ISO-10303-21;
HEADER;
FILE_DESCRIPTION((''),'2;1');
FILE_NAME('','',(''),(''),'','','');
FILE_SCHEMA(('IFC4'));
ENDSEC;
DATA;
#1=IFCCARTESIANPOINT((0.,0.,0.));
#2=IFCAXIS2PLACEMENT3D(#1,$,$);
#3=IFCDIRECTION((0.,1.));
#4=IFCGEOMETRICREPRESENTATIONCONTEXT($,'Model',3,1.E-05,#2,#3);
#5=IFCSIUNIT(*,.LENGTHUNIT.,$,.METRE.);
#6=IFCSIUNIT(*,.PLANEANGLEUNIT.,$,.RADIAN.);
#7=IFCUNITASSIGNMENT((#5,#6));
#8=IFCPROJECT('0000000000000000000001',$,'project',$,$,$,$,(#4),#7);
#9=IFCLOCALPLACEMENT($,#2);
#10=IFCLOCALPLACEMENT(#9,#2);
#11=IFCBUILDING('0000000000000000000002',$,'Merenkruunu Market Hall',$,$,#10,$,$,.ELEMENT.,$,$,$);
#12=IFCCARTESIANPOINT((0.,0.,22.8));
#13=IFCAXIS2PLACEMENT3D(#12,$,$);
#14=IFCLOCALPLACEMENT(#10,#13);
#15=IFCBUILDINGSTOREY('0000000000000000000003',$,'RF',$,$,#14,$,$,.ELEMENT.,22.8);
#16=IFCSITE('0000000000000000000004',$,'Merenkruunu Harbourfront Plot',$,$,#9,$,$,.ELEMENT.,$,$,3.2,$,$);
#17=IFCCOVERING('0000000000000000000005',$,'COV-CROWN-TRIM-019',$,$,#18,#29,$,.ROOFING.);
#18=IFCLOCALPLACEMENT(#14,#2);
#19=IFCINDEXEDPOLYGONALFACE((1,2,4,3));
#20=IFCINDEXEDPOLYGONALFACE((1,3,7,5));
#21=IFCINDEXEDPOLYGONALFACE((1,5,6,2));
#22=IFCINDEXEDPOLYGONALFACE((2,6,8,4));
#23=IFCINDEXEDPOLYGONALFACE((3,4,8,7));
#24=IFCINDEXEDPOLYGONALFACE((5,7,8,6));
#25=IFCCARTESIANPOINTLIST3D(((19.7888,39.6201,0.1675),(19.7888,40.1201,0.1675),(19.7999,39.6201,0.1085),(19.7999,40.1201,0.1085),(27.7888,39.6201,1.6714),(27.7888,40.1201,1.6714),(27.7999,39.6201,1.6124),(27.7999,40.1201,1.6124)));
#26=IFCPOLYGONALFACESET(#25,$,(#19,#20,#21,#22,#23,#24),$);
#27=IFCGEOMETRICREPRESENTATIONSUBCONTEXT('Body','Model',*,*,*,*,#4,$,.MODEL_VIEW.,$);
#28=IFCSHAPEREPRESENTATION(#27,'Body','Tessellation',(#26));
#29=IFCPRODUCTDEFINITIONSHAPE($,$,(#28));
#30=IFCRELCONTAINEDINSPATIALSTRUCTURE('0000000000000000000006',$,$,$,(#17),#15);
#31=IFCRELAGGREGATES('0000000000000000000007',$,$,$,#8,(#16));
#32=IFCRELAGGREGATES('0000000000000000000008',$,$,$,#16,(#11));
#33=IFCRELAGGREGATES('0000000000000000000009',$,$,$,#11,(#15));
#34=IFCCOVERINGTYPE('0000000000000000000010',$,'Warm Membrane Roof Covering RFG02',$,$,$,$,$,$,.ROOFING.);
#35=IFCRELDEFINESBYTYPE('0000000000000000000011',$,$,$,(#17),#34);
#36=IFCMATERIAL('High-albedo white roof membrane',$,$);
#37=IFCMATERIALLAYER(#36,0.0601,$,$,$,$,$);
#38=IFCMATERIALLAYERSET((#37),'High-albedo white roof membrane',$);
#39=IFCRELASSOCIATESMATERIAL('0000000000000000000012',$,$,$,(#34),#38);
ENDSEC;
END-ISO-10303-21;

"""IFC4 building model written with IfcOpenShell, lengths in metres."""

from ifc_helpers import new_model, si_unit, direction, frame, origin, place, context, subcontext, project, spatial, polyline, outline, extrude, material, layer, layer_set, type_object, element, save


model = new_model("IFC4")

# Units and contexts
model_context = context("Model", 3, precision=1e-05, world=origin(), true_north=direction((0.0, 1.0)))
body_context = subcontext(model_context, "Body", "Model", "MODEL_VIEW")
ifc_project = project(units=[si_unit("LENGTHUNIT", "METRE"), si_unit("PLANEANGLEUNIT", "RADIAN")], contexts=[model_context])

# Site, building, storey
site_placement = place(None, origin())
site = spatial("IfcSite", under=ifc_project, at=site_placement, Name="Merenkruunu Harbourfront Plot", CompositionType="ELEMENT", RefElevation=3.2)
building_placement = place(site_placement, origin())
building = spatial("IfcBuilding", under=site, at=building_placement, Name="Merenkruunu Market Hall", CompositionType="ELEMENT")
storey_placement = place(building_placement, frame((0.0, 0.0, 22.8)))
storey = spatial("IfcBuildingStorey", under=building, at=storey_placement, Name="RF", CompositionType="ELEMENT", Elevation=22.8)

# Covering
ifc_material_1 = material(Name="High-albedo white roof membrane")
ifc_layer_1 = layer(ifc_material_1, 0.0601)
ifc_layer_set_1 = layer_set([ifc_layer_1], Name="High-albedo white roof membrane")
covering_type_1 = type_object("IfcCoveringType", Name="Warm Membrane Roof Covering RFG02", PredefinedType="ROOFING", material=ifc_layer_set_1)
covering_1_placement = place(storey_placement, frame((19.7888, 39.6201, 0.1675), z_axis=(-0.184752, 0.0, 0.982785), x_axis=(0.982785, 0.0, 0.184752)))
element("IfcCovering", 1, at=covering_1_placement, inside=storey, type_object=covering_type_1, Name="COV-CROWN-TRIM-019", PredefinedType="ROOFING", context=body_context, shape_type="SweptSolid", body=[
    extrude(outline(polyline([(0.0, 0.0), (8.1401, 0.0), (8.1401, 0.5), (0.0, 0.5), (0.0, 0.0)])), origin(), (0.0, 0.0, -1.0), 0.0601),
])

save(model, "model.ifc")
